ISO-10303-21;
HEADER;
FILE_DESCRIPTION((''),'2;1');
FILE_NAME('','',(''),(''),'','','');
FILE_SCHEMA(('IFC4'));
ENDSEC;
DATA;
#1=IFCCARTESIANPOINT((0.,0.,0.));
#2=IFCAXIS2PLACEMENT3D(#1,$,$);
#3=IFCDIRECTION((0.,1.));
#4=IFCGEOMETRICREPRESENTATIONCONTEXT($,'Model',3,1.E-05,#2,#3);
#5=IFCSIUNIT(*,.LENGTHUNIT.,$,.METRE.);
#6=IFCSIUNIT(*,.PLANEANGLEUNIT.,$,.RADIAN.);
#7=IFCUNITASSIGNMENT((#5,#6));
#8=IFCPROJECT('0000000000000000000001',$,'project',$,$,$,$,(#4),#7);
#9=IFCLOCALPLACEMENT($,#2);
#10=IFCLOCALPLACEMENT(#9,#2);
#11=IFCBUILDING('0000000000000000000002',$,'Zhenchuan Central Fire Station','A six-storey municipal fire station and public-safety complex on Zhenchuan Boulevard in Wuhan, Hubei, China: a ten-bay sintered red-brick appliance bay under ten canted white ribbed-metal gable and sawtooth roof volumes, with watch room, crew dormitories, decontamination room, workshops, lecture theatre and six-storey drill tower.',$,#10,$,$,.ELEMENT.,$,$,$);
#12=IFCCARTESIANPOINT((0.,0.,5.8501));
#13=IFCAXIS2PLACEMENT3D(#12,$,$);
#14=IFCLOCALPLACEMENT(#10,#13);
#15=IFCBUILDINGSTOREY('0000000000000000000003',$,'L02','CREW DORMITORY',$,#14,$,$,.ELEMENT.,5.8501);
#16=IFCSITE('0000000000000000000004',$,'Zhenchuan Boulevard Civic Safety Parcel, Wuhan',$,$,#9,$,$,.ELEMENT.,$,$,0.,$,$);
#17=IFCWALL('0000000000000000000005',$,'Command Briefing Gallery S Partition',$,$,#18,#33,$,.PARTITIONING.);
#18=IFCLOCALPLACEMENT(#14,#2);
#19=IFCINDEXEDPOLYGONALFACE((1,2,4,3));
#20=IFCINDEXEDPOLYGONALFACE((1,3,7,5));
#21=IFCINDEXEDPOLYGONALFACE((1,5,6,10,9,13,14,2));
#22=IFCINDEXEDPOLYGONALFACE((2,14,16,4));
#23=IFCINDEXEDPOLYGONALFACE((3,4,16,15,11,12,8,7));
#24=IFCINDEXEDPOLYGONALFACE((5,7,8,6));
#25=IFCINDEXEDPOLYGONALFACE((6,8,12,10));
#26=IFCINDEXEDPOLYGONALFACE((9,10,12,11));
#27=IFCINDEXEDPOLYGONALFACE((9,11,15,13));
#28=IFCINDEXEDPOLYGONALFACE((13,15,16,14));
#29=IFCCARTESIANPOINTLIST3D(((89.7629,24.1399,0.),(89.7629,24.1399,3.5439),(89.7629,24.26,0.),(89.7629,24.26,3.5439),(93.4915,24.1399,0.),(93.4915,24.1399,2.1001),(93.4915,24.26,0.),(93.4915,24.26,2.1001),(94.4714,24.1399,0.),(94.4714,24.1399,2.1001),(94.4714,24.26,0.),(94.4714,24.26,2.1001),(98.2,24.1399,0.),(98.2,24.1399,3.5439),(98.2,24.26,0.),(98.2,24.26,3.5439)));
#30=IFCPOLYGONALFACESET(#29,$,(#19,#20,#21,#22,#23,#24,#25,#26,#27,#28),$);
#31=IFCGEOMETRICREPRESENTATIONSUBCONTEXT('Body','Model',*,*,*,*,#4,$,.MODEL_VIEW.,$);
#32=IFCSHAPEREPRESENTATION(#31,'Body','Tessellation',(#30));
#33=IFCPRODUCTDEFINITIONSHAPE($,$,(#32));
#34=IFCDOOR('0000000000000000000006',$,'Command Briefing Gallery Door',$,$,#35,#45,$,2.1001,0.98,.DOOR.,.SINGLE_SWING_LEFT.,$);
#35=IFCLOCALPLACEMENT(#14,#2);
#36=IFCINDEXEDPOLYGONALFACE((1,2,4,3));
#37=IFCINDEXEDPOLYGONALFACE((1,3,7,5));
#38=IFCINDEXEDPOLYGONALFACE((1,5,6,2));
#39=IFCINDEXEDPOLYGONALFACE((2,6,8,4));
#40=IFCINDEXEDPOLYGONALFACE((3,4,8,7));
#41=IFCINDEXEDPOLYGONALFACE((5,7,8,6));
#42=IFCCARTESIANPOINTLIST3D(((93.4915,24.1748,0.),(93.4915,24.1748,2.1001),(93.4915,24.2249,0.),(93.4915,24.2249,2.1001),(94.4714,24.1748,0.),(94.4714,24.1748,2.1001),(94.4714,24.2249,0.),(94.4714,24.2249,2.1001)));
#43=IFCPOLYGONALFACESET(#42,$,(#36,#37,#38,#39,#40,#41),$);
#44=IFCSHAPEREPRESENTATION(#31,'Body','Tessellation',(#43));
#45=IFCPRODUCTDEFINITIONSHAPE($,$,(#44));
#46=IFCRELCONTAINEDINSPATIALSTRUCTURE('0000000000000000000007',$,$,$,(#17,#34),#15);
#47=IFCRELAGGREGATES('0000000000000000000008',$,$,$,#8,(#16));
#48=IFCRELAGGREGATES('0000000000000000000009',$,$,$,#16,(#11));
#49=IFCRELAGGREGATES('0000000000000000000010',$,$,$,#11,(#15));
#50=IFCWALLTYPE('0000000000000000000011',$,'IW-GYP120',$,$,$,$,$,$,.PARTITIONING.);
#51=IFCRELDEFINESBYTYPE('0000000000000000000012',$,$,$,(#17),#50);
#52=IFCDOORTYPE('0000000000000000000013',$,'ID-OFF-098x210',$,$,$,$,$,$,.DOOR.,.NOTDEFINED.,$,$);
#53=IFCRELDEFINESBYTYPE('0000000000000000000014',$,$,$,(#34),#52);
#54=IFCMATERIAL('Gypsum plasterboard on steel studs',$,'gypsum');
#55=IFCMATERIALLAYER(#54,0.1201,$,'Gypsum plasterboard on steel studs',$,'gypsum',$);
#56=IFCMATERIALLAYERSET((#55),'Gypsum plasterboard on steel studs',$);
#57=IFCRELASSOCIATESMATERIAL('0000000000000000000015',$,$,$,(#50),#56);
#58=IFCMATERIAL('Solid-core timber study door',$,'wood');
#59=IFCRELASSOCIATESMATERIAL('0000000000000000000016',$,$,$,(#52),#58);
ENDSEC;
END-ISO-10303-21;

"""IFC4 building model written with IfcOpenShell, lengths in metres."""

from ifc_helpers import new_model, si_unit, direction, frame, frame_2d, origin, place, context, subcontext, project, spatial, rectangle, extrude, material, layer, layer_set, type_object, element, fill, save


model = new_model("IFC4")

# Units and contexts
model_context = context("Model", 3, precision=1e-05, world=origin(), true_north=direction((0.0, 1.0)))
body_context = subcontext(model_context, "Body", "Model", "MODEL_VIEW")
ifc_project = project(units=[si_unit("LENGTHUNIT", "METRE"), si_unit("PLANEANGLEUNIT", "RADIAN")], contexts=[model_context])

# Site, building, storey
site_placement = place(None, origin())
site = spatial("IfcSite", under=ifc_project, at=site_placement, Name="Zhenchuan Boulevard Civic Safety Parcel, Wuhan", CompositionType="ELEMENT", RefElevation=0.0)
building_placement = place(site_placement, origin())
building = spatial("IfcBuilding", under=site, at=building_placement, Name="Zhenchuan Central Fire Station", Description="A six-storey municipal fire station and public-safety complex on Zhenchuan Boulevard in Wuhan, Hubei, China: a ten-bay sintered red-brick appliance bay under ten canted white ribbed-metal gable and sawtooth roof volumes, with watch room, crew dormitories, decontamination room, workshops, lecture theatre and six-storey drill tower.", CompositionType="ELEMENT")
storey_placement = place(building_placement, frame((0.0, 0.0, 5.8501)))
storey = spatial("IfcBuildingStorey", under=building, at=storey_placement, Name="L02", Description="CREW DORMITORY", CompositionType="ELEMENT", Elevation=5.8501)

# Shared definitions
ifc_material_1 = material(Name="Gypsum plasterboard on steel studs", Category="gypsum")

# Shared definitions
ifc_layer_1 = layer(ifc_material_1, 0.1201, Name="Gypsum plasterboard on steel studs", Category="gypsum")
ifc_layer_set_1 = layer_set([ifc_layer_1], Name="Gypsum plasterboard on steel studs")
wall_type_1 = type_object("IfcWallType", Name="IW-GYP120", PredefinedType="PARTITIONING", material=ifc_layer_set_1)

# Wall, opening, door
wall_1_placement = place(storey_placement, frame((89.7629, 24.2, 0.0), z_axis=(0.0, 0.0, 1.0), x_axis=(1.0, 0.0, 0.0)))
wall_1 = element("IfcWall", 1, at=wall_1_placement, inside=storey, type_object=wall_type_1, Name="Command Briefing Gallery S Partition", PredefinedType="PARTITIONING", context=body_context, shape_type="SweptSolid", body=[
    extrude(rectangle(XDim=8.437, YDim=0.1201, at=frame_2d((4.2185, 0.0))), origin(), (0.0, 0.0, 1.0), 3.5439),
])
opening_1_placement = place(wall_1_placement, frame((3.7285, 0.0, 0.0)))
opening_1 = element("IfcOpeningElement", 2, at=opening_1_placement, cuts=wall_1, PredefinedType="OPENING", context=body_context, shape_type="SweptSolid", body=[
    extrude(rectangle(XDim=0.98, YDim=2.1001, at=frame_2d((0.49, 1.05))), frame((0.0, 0.0701, 0.0), z_axis=(0.0, -1.0, 0.0), x_axis=(1.0, 0.0, 0.0)), (0.0, 0.0, 1.0), 0.1401),
])
ifc_material_2 = material(Name="Solid-core timber study door", Category="wood")
door_type_1 = type_object("IfcDoorType", Name="ID-OFF-098x210", OperationType="NOTDEFINED", PredefinedType="DOOR", material=ifc_material_2)
door_1_placement = place(opening_1_placement, origin())
door_1 = element("IfcDoor", 3, at=door_1_placement, inside=storey, type_object=door_type_1, Name="Command Briefing Gallery Door", OperationType="SINGLE_SWING_LEFT", OverallHeight=2.1001, OverallWidth=0.98, PredefinedType="DOOR", context=body_context, shape_type="SweptSolid", body=[
    extrude(rectangle(XDim=0.98, YDim=2.1001, at=frame_2d((0.49, 1.05))), frame((0.0, 0.0249, 0.0), z_axis=(0.0, -1.0, 0.0), x_axis=(1.0, 0.0, 0.0)), (0.0, 0.0, 1.0), 0.05),
])
fill(opening_1, door_1)

save(model, "model.ifc")
